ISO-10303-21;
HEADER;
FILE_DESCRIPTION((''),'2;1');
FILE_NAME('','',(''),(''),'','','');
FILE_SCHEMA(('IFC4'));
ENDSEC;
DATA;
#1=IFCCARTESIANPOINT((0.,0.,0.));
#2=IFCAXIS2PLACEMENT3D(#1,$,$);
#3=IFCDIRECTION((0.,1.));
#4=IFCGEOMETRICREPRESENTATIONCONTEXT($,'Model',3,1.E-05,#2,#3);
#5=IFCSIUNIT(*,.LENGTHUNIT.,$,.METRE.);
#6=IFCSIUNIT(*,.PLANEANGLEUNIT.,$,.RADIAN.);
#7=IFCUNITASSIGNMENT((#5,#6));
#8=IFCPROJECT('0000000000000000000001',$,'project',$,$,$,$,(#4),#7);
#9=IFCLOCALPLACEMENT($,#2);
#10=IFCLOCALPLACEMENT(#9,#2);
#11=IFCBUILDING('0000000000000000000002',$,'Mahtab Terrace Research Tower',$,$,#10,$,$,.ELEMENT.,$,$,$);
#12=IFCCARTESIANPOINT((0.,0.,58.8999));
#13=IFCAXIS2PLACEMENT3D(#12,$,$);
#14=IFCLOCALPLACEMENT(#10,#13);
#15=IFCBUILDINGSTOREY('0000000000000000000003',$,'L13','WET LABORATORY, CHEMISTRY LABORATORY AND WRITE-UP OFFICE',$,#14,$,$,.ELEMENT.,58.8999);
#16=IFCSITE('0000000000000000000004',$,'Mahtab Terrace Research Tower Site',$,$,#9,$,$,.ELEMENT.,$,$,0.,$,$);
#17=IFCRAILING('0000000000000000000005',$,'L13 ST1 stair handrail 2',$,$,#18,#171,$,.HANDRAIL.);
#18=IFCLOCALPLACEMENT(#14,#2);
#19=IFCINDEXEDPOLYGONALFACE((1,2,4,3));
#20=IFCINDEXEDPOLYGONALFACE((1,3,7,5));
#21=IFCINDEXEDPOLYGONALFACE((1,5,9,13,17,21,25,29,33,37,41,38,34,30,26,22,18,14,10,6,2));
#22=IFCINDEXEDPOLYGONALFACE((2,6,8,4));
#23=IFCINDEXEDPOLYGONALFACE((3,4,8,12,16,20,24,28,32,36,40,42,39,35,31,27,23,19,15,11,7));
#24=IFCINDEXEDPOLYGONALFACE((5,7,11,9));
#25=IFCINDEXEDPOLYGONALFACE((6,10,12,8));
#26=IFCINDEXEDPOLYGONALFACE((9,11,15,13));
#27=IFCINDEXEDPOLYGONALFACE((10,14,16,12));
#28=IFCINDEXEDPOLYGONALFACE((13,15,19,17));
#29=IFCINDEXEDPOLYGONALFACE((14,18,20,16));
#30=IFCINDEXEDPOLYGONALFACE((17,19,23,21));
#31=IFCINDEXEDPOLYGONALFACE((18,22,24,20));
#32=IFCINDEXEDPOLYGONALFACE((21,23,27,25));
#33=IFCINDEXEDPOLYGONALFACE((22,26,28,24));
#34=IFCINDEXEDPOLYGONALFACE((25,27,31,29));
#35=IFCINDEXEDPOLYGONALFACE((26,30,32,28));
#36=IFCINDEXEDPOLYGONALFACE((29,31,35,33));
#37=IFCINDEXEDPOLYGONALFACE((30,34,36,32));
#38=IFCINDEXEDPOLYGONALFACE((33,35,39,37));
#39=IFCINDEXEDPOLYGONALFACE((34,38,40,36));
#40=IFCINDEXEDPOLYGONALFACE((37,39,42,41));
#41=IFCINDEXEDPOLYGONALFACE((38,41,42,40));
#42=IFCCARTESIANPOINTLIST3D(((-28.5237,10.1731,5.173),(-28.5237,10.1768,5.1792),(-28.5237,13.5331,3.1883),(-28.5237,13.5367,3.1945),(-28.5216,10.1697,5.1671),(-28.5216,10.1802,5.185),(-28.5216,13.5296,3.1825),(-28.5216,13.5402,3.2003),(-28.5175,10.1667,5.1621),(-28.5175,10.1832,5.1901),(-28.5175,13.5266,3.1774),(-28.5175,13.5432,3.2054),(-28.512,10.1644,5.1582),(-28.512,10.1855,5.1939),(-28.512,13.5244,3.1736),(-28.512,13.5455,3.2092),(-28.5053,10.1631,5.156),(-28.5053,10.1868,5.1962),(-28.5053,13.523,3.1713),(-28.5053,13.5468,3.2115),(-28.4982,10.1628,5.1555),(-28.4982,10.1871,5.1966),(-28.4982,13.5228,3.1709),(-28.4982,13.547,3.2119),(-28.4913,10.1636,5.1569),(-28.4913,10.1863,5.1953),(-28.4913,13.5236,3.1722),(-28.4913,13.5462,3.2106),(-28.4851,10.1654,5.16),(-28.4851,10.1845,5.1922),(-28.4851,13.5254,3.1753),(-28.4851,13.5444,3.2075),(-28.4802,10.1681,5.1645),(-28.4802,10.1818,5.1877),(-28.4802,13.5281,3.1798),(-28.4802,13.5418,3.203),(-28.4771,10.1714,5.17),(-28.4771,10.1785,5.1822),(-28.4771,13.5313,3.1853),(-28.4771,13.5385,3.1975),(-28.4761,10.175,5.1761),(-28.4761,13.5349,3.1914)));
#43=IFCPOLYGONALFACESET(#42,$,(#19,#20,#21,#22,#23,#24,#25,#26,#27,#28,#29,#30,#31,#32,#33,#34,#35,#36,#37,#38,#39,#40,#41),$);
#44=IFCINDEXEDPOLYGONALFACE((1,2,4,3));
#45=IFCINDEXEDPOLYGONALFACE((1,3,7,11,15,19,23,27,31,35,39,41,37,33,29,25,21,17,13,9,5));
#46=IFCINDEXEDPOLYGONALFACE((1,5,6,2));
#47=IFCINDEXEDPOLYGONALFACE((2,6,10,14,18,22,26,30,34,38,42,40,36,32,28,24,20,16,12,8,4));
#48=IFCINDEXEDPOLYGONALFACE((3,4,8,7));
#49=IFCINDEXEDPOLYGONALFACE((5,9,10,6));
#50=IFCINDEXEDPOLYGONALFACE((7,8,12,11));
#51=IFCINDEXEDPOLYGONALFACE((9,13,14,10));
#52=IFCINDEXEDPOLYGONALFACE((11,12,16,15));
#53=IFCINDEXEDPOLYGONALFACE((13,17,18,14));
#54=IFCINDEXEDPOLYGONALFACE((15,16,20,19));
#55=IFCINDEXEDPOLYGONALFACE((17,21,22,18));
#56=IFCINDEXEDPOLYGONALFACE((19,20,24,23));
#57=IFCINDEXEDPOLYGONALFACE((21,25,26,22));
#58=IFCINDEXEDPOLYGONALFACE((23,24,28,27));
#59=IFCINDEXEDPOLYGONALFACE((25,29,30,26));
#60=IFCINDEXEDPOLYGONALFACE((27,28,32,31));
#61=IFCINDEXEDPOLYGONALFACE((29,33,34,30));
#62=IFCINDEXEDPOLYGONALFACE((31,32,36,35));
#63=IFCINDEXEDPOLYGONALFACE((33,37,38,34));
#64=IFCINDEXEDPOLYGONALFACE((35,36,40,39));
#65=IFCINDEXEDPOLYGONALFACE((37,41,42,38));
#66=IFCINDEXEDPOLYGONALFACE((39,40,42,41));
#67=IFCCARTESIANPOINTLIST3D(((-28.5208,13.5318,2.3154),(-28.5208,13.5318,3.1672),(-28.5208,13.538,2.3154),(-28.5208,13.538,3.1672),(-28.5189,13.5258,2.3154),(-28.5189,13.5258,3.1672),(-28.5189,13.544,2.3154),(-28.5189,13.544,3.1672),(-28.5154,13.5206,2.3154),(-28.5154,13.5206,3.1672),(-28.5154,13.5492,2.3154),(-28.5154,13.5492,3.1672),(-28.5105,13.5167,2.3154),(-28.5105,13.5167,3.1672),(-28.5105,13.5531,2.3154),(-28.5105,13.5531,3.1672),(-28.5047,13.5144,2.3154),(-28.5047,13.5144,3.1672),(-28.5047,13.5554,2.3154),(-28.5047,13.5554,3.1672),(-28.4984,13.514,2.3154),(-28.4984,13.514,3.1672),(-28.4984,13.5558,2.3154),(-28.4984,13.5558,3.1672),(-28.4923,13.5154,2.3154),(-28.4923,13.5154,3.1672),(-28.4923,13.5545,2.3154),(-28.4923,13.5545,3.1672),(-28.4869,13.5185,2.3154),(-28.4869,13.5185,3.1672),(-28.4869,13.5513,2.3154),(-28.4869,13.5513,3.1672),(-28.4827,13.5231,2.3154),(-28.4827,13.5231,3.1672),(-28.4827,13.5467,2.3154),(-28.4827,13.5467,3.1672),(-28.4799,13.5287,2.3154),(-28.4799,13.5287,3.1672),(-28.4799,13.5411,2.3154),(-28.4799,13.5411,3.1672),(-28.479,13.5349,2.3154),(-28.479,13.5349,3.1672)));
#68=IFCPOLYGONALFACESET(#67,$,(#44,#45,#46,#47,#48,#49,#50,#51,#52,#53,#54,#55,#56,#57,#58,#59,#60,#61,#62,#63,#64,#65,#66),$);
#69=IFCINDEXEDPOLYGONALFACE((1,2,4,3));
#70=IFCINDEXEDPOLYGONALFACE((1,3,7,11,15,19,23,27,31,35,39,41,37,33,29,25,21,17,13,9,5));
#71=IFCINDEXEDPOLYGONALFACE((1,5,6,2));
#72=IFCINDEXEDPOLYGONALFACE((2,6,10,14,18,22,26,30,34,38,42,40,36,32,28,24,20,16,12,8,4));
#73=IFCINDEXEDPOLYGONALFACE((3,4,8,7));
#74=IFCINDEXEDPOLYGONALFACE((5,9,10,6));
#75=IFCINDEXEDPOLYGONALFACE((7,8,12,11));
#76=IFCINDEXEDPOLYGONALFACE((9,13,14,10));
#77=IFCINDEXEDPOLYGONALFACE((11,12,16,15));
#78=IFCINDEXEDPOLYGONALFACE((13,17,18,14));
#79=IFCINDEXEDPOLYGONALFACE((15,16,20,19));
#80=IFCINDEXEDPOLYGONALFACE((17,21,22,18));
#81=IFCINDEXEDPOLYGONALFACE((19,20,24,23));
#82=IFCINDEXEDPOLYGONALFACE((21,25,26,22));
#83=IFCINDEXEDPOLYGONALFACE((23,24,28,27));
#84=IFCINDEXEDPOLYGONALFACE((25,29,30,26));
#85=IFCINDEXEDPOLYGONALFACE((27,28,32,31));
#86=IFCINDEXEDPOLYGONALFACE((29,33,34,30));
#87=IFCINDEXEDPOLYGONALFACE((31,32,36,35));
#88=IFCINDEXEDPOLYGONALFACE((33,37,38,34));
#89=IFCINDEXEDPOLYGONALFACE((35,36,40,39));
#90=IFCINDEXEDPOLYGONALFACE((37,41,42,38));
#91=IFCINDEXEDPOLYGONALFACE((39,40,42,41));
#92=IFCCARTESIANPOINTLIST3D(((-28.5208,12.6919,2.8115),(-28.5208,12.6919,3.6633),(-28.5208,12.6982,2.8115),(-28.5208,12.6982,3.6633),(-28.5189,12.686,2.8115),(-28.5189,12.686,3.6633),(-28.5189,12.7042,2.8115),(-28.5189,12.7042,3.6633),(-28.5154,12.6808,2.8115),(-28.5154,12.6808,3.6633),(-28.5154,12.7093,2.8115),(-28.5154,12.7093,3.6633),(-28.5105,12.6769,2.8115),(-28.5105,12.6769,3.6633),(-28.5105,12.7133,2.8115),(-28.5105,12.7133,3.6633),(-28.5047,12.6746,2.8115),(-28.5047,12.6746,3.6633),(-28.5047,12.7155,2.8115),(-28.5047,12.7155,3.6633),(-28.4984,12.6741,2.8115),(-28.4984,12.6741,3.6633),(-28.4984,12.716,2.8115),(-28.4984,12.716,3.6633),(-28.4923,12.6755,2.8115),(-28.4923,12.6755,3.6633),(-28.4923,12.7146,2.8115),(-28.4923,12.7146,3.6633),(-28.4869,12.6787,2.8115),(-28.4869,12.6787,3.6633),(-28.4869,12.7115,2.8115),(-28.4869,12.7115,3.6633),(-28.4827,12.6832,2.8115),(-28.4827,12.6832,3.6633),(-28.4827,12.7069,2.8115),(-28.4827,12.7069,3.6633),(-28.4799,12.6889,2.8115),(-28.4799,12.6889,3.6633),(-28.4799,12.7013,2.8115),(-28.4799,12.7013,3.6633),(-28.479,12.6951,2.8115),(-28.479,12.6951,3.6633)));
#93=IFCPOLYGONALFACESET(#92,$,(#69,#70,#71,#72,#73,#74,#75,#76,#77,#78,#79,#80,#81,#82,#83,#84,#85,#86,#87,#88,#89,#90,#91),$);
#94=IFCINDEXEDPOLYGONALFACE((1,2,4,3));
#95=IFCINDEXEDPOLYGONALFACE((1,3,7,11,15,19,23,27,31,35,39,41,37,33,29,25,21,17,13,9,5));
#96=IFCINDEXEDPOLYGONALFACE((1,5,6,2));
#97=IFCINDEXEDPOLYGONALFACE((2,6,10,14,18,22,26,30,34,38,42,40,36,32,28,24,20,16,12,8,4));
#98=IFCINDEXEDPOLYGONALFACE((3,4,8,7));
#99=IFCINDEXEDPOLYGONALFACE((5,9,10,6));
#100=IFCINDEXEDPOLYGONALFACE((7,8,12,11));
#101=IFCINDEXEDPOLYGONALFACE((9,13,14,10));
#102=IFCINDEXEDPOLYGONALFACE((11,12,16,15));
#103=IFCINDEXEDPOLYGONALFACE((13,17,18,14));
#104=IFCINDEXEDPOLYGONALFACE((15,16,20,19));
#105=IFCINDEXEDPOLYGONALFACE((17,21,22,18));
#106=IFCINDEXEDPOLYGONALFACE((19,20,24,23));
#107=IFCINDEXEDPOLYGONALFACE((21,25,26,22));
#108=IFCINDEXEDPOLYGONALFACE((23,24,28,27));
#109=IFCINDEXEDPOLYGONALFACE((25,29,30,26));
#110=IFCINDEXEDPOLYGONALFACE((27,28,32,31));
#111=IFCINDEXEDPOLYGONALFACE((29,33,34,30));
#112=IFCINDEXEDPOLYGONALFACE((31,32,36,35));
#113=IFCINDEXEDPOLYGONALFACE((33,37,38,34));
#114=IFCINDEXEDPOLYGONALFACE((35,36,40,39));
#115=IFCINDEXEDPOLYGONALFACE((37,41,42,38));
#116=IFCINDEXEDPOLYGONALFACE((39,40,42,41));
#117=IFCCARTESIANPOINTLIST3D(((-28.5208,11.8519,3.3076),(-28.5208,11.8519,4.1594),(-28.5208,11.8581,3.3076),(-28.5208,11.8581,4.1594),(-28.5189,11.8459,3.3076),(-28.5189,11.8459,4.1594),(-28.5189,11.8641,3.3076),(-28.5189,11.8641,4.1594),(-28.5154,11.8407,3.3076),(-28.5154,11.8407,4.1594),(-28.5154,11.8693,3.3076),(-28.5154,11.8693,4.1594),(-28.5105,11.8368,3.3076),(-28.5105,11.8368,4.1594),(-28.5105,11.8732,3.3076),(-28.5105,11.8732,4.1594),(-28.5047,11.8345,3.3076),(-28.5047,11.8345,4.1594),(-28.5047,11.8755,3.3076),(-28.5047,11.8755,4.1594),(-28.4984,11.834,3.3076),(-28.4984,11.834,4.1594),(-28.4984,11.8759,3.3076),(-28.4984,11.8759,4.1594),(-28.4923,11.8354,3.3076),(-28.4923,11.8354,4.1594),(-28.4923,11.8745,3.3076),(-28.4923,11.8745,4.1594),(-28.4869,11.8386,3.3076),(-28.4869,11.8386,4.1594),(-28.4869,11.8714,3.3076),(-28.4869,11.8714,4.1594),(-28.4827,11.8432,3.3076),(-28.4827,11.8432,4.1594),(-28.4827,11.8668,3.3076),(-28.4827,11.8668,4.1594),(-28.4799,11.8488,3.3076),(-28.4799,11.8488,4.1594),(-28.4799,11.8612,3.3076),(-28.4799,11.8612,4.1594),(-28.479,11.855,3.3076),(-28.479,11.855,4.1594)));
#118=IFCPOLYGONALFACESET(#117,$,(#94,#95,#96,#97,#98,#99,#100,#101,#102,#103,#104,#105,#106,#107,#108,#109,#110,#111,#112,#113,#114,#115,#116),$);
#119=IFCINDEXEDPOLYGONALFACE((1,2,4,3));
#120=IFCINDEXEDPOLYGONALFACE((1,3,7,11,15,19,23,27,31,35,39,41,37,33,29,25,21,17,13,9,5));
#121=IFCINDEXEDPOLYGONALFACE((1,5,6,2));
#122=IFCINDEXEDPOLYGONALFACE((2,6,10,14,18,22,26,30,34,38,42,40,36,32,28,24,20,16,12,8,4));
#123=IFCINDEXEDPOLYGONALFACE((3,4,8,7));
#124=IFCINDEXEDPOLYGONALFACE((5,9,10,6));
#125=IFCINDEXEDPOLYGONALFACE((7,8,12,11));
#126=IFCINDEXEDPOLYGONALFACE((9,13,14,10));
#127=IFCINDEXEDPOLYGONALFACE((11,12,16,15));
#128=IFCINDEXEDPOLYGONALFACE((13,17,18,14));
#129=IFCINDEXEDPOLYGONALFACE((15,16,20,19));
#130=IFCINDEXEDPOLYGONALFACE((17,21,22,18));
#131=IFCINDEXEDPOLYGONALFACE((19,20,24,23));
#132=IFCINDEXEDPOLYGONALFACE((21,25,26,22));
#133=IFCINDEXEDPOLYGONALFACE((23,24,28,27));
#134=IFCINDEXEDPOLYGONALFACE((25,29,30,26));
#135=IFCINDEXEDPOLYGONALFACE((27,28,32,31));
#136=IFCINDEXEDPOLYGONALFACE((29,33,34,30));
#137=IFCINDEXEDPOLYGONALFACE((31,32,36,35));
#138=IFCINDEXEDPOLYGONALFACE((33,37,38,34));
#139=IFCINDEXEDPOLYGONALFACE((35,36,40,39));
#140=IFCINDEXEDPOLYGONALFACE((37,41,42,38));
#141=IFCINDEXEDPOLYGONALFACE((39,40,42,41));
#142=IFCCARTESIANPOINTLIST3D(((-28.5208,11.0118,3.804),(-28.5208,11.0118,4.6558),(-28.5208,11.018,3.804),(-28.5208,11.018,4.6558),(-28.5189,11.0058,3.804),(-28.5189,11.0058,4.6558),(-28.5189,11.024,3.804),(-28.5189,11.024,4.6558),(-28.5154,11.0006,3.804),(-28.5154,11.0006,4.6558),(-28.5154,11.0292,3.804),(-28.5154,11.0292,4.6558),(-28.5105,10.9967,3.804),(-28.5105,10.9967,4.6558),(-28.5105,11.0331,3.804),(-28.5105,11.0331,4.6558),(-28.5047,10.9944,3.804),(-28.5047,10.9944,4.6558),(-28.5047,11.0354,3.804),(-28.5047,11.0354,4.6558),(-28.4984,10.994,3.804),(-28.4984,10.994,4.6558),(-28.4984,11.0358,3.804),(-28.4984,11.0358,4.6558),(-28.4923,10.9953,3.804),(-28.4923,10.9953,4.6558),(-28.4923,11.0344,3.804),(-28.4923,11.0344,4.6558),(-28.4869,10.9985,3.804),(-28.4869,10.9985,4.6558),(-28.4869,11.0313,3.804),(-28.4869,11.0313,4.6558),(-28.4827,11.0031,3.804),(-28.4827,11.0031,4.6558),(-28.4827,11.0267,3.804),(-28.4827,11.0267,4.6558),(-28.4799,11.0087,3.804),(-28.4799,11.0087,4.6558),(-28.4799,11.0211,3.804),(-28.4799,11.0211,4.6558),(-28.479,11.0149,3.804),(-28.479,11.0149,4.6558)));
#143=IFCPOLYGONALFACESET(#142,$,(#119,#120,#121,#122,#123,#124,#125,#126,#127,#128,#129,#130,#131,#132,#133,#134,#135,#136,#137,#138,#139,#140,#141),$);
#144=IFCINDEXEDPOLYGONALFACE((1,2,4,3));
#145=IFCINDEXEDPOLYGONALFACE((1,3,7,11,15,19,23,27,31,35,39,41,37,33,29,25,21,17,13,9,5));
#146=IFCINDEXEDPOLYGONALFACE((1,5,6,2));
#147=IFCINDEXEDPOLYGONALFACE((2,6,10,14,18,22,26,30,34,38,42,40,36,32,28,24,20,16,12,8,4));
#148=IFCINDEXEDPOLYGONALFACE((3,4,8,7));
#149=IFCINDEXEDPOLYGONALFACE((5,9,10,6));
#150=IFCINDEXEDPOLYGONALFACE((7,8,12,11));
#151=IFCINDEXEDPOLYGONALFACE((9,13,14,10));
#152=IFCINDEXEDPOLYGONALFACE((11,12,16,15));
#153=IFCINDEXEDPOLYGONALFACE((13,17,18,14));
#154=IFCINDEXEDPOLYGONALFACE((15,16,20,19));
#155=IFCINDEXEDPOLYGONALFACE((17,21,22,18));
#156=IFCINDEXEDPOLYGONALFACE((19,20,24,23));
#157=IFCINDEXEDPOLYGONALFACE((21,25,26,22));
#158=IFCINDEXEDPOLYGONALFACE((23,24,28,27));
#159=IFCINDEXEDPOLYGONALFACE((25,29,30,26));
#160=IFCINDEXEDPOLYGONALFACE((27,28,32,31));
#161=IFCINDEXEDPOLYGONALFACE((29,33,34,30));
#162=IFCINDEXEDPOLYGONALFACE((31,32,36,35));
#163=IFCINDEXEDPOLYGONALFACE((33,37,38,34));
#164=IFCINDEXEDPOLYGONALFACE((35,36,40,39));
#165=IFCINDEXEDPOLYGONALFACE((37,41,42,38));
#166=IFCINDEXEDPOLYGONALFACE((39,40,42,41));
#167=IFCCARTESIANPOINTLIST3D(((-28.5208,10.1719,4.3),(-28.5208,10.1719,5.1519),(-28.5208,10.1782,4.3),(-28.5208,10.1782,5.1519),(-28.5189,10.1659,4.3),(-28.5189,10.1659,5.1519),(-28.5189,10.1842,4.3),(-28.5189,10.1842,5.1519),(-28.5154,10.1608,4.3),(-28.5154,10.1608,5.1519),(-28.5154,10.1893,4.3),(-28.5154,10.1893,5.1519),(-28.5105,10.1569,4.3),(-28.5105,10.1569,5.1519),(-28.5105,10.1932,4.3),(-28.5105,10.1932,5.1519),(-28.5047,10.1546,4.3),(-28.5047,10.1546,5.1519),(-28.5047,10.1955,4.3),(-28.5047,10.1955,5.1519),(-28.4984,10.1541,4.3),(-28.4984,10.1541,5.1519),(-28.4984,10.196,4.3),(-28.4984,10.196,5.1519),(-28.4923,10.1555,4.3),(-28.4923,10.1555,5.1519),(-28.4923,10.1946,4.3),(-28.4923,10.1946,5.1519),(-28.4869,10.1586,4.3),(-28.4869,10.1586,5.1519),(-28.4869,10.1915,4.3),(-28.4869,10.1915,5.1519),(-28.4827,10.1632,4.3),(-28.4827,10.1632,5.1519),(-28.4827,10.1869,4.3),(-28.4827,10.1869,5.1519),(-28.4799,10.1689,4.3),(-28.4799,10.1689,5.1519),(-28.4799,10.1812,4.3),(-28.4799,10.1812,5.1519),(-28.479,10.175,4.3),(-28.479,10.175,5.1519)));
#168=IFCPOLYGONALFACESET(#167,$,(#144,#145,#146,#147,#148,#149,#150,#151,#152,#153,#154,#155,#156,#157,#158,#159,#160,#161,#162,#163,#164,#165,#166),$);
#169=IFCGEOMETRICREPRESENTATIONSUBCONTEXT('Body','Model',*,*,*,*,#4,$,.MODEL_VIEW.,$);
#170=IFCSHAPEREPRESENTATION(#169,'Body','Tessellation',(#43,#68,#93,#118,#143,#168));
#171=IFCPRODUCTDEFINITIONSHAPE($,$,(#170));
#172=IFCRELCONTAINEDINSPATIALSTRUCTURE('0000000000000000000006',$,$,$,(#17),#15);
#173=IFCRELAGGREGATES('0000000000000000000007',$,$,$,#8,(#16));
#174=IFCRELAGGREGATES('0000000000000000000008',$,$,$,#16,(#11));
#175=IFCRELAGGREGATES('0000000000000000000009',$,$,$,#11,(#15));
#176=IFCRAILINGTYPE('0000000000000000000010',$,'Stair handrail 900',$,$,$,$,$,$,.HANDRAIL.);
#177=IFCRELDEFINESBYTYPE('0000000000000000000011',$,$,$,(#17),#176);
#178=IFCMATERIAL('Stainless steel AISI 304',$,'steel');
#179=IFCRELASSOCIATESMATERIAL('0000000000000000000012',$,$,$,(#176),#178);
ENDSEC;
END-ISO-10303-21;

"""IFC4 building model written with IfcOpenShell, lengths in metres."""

from ifc_helpers import new_model, si_unit, direction, frame, origin, origin_2d, place, context, subcontext, project, spatial, circle, extrude, material, type_object, element, save


model = new_model("IFC4")

# Units and contexts
model_context = context("Model", 3, precision=1e-05, world=origin(), true_north=direction((0.0, 1.0)))
body_context = subcontext(model_context, "Body", "Model", "MODEL_VIEW")
ifc_project = project(units=[si_unit("LENGTHUNIT", "METRE"), si_unit("PLANEANGLEUNIT", "RADIAN")], contexts=[model_context])

# Site, building, storey
site_placement = place(None, origin())
site = spatial("IfcSite", under=ifc_project, at=site_placement, Name="Mahtab Terrace Research Tower Site", CompositionType="ELEMENT", RefElevation=0.0)
building_placement = place(site_placement, origin())
building = spatial("IfcBuilding", under=site, at=building_placement, Name="Mahtab Terrace Research Tower", CompositionType="ELEMENT")
storey_placement = place(building_placement, frame((0.0, 0.0, 58.8999)))
storey = spatial("IfcBuildingStorey", under=building, at=storey_placement, Name="L13", Description="WET LABORATORY, CHEMISTRY LABORATORY AND WRITE-UP OFFICE", CompositionType="ELEMENT", Elevation=58.8999)

# Railing
ifc_material_1 = material(Name="Stainless steel AISI 304", Category="steel")
railing_type_1 = type_object("IfcRailingType", Name="Stair handrail 900", PredefinedType="HANDRAIL", material=ifc_material_1)
railing_1_placement = place(storey_placement, frame((-28.5, 13.5349, 2.3154)))
element("IfcRailing", 1, at=railing_1_placement, inside=storey, type_object=railing_type_1, Name="L13 ST1 stair handrail 2", PredefinedType="HANDRAIL", context=body_context, shape_type="SweptSolid", body=[
    extrude(circle(Radius=0.0239, at=origin_2d()), frame((0.0, 0.0, 0.876), z_axis=(0.0, -0.861011, 0.508586), x_axis=(1.0, 0.0, 0.0)), (0.0, 0.0, 1.0), 3.9023),
    extrude(circle(Radius=0.021, at=origin_2d()), origin(), (0.0, 0.0, 1.0), 0.8518),
    extrude(circle(Radius=0.021, at=origin_2d()), frame((0.0, -0.8398, 0.4961)), (0.0, 0.0, 1.0), 0.8518),
    extrude(circle(Radius=0.021, at=origin_2d()), frame((0.0, -1.6799, 0.9922)), (0.0, 0.0, 1.0), 0.8518),
    extrude(circle(Radius=0.021, at=origin_2d()), frame((0.0, -2.52, 1.4885)), (0.0, 0.0, 1.0), 0.8518),
    extrude(circle(Radius=0.021, at=origin_2d()), frame((0.0, -3.3599, 1.9846)), (0.0, 0.0, 1.0), 0.8518),
])

save(model, "model.ifc")
